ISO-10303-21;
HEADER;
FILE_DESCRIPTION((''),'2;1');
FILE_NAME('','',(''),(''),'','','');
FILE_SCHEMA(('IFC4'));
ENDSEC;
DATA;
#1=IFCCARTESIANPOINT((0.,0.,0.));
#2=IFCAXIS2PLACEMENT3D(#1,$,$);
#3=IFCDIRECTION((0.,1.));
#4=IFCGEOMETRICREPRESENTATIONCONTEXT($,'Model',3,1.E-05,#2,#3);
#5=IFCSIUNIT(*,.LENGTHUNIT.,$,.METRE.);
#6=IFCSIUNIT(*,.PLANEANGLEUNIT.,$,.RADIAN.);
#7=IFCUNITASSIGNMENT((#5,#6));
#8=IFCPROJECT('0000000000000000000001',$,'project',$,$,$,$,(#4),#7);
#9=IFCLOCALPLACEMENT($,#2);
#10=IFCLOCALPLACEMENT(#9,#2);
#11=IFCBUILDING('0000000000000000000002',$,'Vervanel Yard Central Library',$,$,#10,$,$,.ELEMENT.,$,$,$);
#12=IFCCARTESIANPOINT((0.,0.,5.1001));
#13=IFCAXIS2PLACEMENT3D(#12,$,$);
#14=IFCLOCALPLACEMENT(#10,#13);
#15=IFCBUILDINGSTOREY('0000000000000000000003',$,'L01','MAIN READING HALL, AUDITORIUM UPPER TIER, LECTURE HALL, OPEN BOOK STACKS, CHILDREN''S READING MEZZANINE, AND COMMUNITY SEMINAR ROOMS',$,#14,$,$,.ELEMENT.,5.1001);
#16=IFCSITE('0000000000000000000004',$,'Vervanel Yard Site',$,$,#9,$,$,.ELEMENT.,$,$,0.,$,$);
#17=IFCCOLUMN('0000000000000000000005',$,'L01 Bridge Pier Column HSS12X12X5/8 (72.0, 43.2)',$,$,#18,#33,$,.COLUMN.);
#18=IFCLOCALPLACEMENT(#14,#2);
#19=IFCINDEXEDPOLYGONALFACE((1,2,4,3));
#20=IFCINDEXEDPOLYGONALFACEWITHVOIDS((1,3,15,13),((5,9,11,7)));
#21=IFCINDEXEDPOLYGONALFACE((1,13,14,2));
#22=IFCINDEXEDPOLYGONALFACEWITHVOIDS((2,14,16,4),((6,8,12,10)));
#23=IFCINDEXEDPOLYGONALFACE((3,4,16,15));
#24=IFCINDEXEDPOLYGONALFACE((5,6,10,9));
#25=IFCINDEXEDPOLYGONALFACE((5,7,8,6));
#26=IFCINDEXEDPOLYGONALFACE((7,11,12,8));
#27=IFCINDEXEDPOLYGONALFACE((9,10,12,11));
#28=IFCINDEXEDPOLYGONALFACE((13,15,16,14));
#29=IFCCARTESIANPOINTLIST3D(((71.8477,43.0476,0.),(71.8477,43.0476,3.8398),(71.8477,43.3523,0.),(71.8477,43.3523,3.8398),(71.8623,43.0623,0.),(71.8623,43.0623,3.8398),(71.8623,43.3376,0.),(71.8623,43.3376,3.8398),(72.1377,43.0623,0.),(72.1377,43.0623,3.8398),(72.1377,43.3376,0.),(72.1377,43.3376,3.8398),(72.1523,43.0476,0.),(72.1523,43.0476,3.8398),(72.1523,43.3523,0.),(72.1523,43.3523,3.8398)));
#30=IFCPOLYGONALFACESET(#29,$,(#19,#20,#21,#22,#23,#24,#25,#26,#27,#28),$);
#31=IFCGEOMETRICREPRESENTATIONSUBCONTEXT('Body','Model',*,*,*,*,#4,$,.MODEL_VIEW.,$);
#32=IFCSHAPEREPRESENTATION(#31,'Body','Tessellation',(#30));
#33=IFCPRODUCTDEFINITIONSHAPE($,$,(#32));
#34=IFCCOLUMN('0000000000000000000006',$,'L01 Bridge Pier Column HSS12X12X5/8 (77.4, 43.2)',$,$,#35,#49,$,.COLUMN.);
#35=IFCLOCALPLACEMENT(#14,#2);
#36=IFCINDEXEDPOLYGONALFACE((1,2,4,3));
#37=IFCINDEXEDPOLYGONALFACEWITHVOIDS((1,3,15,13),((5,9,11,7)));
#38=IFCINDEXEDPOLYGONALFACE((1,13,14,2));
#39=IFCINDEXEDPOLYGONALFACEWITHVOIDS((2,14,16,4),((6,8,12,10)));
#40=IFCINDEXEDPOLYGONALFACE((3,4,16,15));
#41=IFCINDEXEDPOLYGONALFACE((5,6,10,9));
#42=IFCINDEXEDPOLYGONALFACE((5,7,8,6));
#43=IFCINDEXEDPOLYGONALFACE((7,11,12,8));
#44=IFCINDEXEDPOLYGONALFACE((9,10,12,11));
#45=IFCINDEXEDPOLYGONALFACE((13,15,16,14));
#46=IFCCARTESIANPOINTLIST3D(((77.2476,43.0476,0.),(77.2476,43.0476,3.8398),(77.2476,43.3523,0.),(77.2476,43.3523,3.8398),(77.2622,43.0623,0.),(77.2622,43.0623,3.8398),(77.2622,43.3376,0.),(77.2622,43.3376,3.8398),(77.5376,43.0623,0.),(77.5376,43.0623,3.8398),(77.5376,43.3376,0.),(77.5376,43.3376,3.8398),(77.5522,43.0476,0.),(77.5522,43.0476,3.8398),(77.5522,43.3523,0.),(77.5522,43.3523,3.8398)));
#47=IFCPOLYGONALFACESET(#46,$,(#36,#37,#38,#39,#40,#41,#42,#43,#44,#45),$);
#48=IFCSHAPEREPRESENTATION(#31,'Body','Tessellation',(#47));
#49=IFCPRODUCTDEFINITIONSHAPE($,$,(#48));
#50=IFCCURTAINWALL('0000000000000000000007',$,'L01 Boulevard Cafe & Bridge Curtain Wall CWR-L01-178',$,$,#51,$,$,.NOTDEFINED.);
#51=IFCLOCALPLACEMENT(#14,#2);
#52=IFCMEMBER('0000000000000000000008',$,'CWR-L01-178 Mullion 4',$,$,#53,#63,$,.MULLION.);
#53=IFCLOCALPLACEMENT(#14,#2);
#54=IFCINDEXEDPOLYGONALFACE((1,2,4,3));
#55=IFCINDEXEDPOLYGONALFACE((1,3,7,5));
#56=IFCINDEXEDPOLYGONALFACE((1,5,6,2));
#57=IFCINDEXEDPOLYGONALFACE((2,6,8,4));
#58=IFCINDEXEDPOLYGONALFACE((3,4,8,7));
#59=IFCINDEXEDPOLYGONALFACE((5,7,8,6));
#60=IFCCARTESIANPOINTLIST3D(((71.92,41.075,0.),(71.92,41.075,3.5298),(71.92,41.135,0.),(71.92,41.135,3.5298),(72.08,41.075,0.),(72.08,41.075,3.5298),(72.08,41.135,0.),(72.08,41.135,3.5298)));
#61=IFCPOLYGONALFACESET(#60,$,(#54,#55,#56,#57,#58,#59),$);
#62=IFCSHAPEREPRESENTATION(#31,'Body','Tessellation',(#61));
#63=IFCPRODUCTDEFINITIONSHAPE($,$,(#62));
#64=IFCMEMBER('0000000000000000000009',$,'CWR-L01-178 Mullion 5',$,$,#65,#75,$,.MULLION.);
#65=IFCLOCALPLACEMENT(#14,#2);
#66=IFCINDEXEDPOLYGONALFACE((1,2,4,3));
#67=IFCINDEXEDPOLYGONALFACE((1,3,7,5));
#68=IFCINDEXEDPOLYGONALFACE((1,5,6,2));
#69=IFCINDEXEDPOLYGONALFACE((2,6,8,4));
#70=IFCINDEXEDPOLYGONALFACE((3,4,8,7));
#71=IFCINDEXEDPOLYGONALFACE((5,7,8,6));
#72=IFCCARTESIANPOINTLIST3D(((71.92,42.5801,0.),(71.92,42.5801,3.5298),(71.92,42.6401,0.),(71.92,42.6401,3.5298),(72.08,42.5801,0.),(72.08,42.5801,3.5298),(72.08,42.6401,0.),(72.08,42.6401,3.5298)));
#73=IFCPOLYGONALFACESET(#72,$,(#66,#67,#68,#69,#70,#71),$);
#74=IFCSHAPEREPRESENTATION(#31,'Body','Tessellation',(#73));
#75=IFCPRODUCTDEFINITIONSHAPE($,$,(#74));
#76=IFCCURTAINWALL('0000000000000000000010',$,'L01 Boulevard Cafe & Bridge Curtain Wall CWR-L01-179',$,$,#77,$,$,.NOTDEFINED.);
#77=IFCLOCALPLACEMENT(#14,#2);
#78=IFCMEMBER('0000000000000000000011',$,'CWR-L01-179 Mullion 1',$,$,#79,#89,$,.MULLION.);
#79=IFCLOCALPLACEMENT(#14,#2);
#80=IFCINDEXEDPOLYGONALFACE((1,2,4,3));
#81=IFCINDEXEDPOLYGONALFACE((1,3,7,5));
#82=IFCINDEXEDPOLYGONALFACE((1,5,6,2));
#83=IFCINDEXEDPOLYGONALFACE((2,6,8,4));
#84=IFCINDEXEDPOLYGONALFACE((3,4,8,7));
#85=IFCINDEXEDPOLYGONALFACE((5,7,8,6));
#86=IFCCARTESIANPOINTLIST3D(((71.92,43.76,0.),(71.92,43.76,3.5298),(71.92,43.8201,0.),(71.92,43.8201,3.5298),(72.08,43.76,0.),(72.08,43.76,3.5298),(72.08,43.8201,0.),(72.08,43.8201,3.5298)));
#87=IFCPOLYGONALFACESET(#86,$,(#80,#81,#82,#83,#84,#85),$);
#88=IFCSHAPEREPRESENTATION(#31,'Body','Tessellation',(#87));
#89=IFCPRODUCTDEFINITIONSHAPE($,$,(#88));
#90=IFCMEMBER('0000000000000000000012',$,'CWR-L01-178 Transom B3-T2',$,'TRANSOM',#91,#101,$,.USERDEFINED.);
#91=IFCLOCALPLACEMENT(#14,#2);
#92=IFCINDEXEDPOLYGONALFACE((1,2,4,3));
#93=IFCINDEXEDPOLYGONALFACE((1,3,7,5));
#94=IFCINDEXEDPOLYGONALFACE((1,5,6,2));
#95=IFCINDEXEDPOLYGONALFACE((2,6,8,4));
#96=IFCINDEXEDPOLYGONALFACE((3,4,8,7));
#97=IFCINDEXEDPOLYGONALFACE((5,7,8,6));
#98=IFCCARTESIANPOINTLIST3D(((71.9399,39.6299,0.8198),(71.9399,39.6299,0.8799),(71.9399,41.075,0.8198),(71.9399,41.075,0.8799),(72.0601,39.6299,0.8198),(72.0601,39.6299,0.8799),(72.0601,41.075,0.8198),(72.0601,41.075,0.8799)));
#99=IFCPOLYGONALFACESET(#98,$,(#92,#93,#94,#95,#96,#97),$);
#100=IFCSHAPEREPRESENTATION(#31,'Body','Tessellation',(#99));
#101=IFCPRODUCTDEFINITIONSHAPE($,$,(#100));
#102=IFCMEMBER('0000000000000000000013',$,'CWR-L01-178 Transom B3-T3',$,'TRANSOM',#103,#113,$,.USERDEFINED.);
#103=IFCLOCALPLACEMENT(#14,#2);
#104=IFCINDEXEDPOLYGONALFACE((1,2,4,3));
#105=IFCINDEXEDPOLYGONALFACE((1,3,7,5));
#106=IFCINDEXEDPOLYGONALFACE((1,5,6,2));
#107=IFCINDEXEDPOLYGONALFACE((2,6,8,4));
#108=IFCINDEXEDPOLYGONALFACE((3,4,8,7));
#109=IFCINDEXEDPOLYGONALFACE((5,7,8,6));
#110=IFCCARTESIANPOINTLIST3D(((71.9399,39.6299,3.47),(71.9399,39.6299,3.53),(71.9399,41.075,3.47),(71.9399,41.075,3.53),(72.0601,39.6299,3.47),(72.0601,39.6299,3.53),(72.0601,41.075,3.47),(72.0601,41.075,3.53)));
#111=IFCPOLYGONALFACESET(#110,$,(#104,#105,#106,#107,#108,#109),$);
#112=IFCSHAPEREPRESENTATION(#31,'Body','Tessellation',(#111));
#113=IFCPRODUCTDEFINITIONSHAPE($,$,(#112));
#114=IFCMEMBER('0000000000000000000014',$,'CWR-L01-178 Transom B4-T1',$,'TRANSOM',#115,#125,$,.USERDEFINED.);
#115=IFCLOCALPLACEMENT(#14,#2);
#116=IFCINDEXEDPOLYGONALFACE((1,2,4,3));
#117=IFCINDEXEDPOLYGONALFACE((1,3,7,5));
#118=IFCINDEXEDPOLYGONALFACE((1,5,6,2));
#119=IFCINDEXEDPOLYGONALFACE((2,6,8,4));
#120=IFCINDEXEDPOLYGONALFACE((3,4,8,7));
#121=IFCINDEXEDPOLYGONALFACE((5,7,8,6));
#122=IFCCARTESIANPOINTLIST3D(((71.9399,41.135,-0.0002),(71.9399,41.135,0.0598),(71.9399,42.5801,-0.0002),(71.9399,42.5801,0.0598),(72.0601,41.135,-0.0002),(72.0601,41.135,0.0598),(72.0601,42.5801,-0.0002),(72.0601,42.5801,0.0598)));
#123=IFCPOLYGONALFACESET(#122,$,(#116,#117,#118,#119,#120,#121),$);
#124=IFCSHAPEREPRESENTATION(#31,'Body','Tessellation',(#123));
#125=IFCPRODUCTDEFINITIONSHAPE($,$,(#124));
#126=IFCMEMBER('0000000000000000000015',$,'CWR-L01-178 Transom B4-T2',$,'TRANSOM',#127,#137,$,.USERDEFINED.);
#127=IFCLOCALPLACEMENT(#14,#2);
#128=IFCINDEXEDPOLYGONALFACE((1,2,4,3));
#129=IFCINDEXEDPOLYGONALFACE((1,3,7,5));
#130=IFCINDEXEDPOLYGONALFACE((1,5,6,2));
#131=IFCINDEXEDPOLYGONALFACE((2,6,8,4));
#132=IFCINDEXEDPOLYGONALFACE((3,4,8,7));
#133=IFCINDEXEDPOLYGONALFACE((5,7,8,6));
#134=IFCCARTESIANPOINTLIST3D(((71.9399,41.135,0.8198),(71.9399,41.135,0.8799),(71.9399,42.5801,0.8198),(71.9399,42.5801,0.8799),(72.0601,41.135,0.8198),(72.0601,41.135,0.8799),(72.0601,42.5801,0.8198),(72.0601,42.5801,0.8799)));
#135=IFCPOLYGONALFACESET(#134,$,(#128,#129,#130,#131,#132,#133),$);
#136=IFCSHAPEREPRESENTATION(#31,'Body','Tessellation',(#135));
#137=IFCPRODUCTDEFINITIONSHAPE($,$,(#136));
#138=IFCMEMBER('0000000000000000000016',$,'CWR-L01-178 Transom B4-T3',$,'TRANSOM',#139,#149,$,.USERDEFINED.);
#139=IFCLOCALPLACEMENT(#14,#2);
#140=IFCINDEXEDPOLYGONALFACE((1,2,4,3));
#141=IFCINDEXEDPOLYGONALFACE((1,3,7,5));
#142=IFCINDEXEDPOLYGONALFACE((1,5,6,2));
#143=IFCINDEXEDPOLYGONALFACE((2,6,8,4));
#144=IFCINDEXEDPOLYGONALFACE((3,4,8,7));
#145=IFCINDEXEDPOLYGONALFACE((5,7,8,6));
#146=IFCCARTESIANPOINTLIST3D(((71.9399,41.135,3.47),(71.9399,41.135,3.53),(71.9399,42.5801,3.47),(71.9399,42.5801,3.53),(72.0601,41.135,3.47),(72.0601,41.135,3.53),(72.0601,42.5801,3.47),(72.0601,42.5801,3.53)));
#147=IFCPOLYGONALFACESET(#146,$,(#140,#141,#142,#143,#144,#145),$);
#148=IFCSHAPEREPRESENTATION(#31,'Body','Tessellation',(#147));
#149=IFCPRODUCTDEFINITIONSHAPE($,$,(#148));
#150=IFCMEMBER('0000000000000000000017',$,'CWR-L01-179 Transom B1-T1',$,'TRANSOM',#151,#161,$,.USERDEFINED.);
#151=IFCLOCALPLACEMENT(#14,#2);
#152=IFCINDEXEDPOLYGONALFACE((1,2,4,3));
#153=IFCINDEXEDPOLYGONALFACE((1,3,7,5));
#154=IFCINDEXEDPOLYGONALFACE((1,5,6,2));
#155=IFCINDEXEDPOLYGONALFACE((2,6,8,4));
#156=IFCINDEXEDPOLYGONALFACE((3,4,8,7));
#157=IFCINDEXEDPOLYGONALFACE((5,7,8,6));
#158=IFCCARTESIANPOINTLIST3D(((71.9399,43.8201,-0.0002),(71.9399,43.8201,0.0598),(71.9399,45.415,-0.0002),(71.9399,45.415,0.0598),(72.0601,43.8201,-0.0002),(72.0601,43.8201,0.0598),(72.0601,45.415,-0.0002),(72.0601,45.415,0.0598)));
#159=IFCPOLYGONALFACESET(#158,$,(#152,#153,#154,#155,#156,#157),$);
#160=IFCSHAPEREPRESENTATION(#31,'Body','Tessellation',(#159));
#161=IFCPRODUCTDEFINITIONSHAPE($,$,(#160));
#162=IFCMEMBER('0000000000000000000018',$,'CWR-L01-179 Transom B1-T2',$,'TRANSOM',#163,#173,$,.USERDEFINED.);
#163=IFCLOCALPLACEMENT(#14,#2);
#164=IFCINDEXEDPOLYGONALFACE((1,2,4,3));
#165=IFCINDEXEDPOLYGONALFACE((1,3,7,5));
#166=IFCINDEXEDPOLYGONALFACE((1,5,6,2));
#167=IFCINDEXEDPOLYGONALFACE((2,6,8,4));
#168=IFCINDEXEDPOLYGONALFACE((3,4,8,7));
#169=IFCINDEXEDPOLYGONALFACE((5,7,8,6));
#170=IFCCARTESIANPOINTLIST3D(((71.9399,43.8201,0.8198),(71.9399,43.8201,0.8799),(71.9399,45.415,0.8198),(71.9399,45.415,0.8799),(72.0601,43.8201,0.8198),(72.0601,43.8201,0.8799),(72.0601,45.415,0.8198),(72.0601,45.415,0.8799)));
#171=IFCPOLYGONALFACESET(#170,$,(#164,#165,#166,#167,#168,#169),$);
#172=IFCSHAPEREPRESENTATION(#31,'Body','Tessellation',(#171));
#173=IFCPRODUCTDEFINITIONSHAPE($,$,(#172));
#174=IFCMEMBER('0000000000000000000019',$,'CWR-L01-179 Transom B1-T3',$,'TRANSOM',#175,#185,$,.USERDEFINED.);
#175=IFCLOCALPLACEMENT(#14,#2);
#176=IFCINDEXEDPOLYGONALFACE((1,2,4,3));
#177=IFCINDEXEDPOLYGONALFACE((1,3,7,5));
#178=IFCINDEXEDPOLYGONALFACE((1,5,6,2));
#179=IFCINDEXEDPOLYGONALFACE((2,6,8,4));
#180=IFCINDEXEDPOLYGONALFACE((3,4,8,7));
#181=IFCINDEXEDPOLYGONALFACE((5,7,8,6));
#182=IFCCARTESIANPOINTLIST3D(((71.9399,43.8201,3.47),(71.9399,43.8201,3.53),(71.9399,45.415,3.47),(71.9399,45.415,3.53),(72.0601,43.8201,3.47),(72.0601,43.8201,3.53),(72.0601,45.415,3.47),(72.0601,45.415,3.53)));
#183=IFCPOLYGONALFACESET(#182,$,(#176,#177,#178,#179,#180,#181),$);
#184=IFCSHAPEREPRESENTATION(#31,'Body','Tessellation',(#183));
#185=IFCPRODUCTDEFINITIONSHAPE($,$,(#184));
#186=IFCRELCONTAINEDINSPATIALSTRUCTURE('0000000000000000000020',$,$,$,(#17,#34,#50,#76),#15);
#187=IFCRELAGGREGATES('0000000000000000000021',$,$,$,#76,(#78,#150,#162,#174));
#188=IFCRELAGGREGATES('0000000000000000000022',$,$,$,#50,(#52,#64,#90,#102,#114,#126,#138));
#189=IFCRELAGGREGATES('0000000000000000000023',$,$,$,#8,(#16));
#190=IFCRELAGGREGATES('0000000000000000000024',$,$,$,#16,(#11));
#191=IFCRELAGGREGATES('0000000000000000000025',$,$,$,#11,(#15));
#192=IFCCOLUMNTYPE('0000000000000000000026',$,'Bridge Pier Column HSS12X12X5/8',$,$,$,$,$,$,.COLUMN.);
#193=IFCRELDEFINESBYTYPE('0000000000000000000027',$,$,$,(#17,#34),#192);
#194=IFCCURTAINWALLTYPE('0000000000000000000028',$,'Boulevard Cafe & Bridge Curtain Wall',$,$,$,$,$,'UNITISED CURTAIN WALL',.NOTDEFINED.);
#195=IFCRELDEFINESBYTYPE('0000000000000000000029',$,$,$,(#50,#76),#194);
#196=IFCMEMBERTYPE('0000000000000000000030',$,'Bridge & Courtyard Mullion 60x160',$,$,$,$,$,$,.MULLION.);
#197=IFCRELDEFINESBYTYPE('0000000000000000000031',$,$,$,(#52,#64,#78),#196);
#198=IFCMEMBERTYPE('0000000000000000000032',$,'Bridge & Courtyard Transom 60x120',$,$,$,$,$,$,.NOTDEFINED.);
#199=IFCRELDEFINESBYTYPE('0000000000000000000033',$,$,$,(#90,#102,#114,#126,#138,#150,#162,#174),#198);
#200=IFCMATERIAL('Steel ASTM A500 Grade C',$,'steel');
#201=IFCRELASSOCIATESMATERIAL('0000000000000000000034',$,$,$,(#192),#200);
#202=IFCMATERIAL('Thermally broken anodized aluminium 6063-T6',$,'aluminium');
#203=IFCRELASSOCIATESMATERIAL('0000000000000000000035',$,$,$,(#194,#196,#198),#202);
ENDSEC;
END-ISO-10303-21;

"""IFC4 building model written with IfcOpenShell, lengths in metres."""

from ifc_helpers import new_model, si_unit, direction, frame, origin, origin_2d, place, context, subcontext, project, spatial, rectangle, hollow_rectangle, extrude, material, material_profile, profile_set, type_object, element, aggregate, save


model = new_model("IFC4")

# Units and contexts
model_context = context("Model", 3, precision=1e-05, world=origin(), true_north=direction((0.0, 1.0)))
body_context = subcontext(model_context, "Body", "Model", "MODEL_VIEW")
ifc_project = project(units=[si_unit("LENGTHUNIT", "METRE"), si_unit("PLANEANGLEUNIT", "RADIAN")], contexts=[model_context])

# Site, building, storey
site_placement = place(None, origin())
site = spatial("IfcSite", under=ifc_project, at=site_placement, Name="Vervanel Yard Site", CompositionType="ELEMENT", RefElevation=0.0)
building_placement = place(site_placement, origin())
building = spatial("IfcBuilding", under=site, at=building_placement, Name="Vervanel Yard Central Library", CompositionType="ELEMENT")
storey_placement = place(building_placement, frame((0.0, 0.0, 5.1001)))
storey = spatial("IfcBuildingStorey", under=building, at=storey_placement, Name="L01", Description="MAIN READING HALL, AUDITORIUM UPPER TIER, LECTURE HALL, OPEN BOOK STACKS, CHILDREN'S READING MEZZANINE, AND COMMUNITY SEMINAR ROOMS", CompositionType="ELEMENT", Elevation=5.1001)

# Columns
ifc_material_1 = material(Name="Steel ASTM A500 Grade C", Category="steel")
ifc_material_profile_1 = material_profile(ifc_material_1, hollow_rectangle(XDim=0.3047, YDim=0.3047, WallThickness=0.0146, at=origin_2d()), Name="HSS12X12X5/8", Category="steel")
ifc_profile_set_1 = profile_set([ifc_material_profile_1], Name="Steel ASTM A500 Grade C")
column_type = type_object("IfcColumnType", Name="Bridge Pier Column HSS12X12X5/8", PredefinedType="COLUMN", material=ifc_profile_set_1)
for number, where, z_axis, x_axis, name in (
    (1, (72.0, 43.2, 0.0), (0.0, 0.0, 1.0), (1.0, 0.0, 0.0), "L01 Bridge Pier Column HSS12X12X5/8 (72.0, 43.2)"),
    (2, (77.3999, 43.2, 0.0), (0.0, 0.0, 1.0), (1.0, 0.0, 0.0), "L01 Bridge Pier Column HSS12X12X5/8 (77.4, 43.2)"),
):
    element("IfcColumn", number, at=place(storey_placement, frame(where, z_axis=z_axis, x_axis=x_axis)), inside=storey, type_object=column_type, Name=name, PredefinedType="COLUMN", context=body_context, shape_type="SweptSolid", body=[
        extrude(hollow_rectangle(XDim=0.3047, YDim=0.3047, WallThickness=0.0146, at=origin_2d()), origin(), (0.0, 0.0, 1.0), 3.8398),
    ])

# Curtain wall, members
ifc_material_2 = material(Name="Thermally broken anodized aluminium 6063-T6", Category="aluminium")
curtain_wall_type = type_object("IfcCurtainWallType", Name="Boulevard Cafe & Bridge Curtain Wall", ElementType="UNITISED CURTAIN WALL", PredefinedType="NOTDEFINED", material=ifc_material_2)
curtain_wall_1_placement = place(storey_placement, origin())
curtain_wall_1 = element("IfcCurtainWall", 3, at=curtain_wall_1_placement, inside=storey, type_object=curtain_wall_type, Name="L01 Boulevard Cafe & Bridge Curtain Wall CWR-L01-178", PredefinedType="NOTDEFINED")
ifc_material_profile_2 = material_profile(ifc_material_2, rectangle(XDim=0.0601, YDim=0.1599, at=origin_2d()), Name="ALU 60x160", Category="aluminium")
ifc_profile_set_2 = profile_set([ifc_material_profile_2], Name="Thermally broken anodized aluminium 6063-T6")
member_type_1 = type_object("IfcMemberType", Name="Bridge & Courtyard Mullion 60x160", PredefinedType="MULLION", material=ifc_profile_set_2)
member_1_placement = place(storey_placement, frame((72.0, 41.105, 0.0), z_axis=(0.0, 0.0, 1.0), x_axis=(0.0, 1.0, 0.0)))
member_1 = element("IfcMember", 4, at=member_1_placement, type_object=member_type_1, Name="CWR-L01-178 Mullion 4", PredefinedType="MULLION", context=body_context, shape_type="SweptSolid", body=[
    extrude(rectangle(XDim=0.0601, YDim=0.1599, at=origin_2d()), origin(), (0.0, 0.0, 1.0), 3.5298),
])
member_2_placement = place(storey_placement, frame((72.0, 42.6101, 0.0), z_axis=(0.0, 0.0, 1.0), x_axis=(0.0, 1.0, 0.0)))
member_2 = element("IfcMember", 5, at=member_2_placement, type_object=member_type_1, Name="CWR-L01-178 Mullion 5", PredefinedType="MULLION", context=body_context, shape_type="SweptSolid", body=[
    extrude(rectangle(XDim=0.0601, YDim=0.1599, at=origin_2d()), origin(), (0.0, 0.0, 1.0), 3.5298),
])

# Curtain wall, member
curtain_wall_2_placement = place(storey_placement, origin())
curtain_wall_2 = element("IfcCurtainWall", 6, at=curtain_wall_2_placement, inside=storey, type_object=curtain_wall_type, Name="L01 Boulevard Cafe & Bridge Curtain Wall CWR-L01-179", PredefinedType="NOTDEFINED")
member_3_placement = place(storey_placement, frame((72.0, 43.79, 0.0), z_axis=(0.0, 0.0, 1.0), x_axis=(0.0, 1.0, 0.0)))
member_3 = element("IfcMember", 7, at=member_3_placement, type_object=member_type_1, Name="CWR-L01-179 Mullion 1", PredefinedType="MULLION", context=body_context, shape_type="SweptSolid", body=[
    extrude(rectangle(XDim=0.0601, YDim=0.1599, at=origin_2d()), origin(), (0.0, 0.0, 1.0), 3.5298),
])

# Members
ifc_material_profile_3 = material_profile(ifc_material_2, rectangle(XDim=0.0601, YDim=0.1201, at=origin_2d()), Name="ALU 60x120", Category="aluminium")
ifc_profile_set_3 = profile_set([ifc_material_profile_3], Name="Thermally broken anodized aluminium 6063-T6")
member_type_2 = type_object("IfcMemberType", Name="Bridge & Courtyard Transom 60x120", PredefinedType="NOTDEFINED", material=ifc_profile_set_3)
member_4_placement = place(storey_placement, frame((72.0, 39.6299, 0.8499), z_axis=(0.0, 1.0, 0.0), x_axis=(0.0, 0.0, 1.0)))
member_4 = element("IfcMember", 8, at=member_4_placement, type_object=member_type_2, Name="CWR-L01-178 Transom B3-T2", ObjectType="TRANSOM", PredefinedType="USERDEFINED", context=body_context, shape_type="SweptSolid", body=[
    extrude(rectangle(XDim=0.0601, YDim=0.1201, at=origin_2d()), origin(), (0.0, 0.0, 1.0), 1.4451),
])
member_5_placement = place(storey_placement, frame((72.0, 39.6299, 3.5), z_axis=(0.0, 1.0, 0.0), x_axis=(0.0, 0.0, 1.0)))
member_5 = element("IfcMember", 9, at=member_5_placement, type_object=member_type_2, Name="CWR-L01-178 Transom B3-T3", ObjectType="TRANSOM", PredefinedType="USERDEFINED", context=body_context, shape_type="SweptSolid", body=[
    extrude(rectangle(XDim=0.0601, YDim=0.1201, at=origin_2d()), origin(), (0.0, 0.0, 1.0), 1.4451),
])
member_6_placement = place(storey_placement, frame((72.0, 41.135, 0.0298), z_axis=(0.0, 1.0, 0.0), x_axis=(0.0, 0.0, 1.0)))
member_6 = element("IfcMember", 10, at=member_6_placement, type_object=member_type_2, Name="CWR-L01-178 Transom B4-T1", ObjectType="TRANSOM", PredefinedType="USERDEFINED", context=body_context, shape_type="SweptSolid", body=[
    extrude(rectangle(XDim=0.0601, YDim=0.1201, at=origin_2d()), origin(), (0.0, 0.0, 1.0), 1.4451),
])
member_7_placement = place(storey_placement, frame((72.0, 41.135, 0.8499), z_axis=(0.0, 1.0, 0.0), x_axis=(0.0, 0.0, 1.0)))
member_7 = element("IfcMember", 11, at=member_7_placement, type_object=member_type_2, Name="CWR-L01-178 Transom B4-T2", ObjectType="TRANSOM", PredefinedType="USERDEFINED", context=body_context, shape_type="SweptSolid", body=[
    extrude(rectangle(XDim=0.0601, YDim=0.1201, at=origin_2d()), origin(), (0.0, 0.0, 1.0), 1.4451),
])
member_8_placement = place(storey_placement, frame((72.0, 41.135, 3.5), z_axis=(0.0, 1.0, 0.0), x_axis=(0.0, 0.0, 1.0)))
member_8 = element("IfcMember", 12, at=member_8_placement, type_object=member_type_2, Name="CWR-L01-178 Transom B4-T3", ObjectType="TRANSOM", PredefinedType="USERDEFINED", context=body_context, shape_type="SweptSolid", body=[
    extrude(rectangle(XDim=0.0601, YDim=0.1201, at=origin_2d()), origin(), (0.0, 0.0, 1.0), 1.4451),
])
member_9_placement = place(storey_placement, frame((72.0, 43.8201, 0.0298), z_axis=(0.0, 1.0, 0.0), x_axis=(0.0, 0.0, 1.0)))
member_9 = element("IfcMember", 13, at=member_9_placement, type_object=member_type_2, Name="CWR-L01-179 Transom B1-T1", ObjectType="TRANSOM", PredefinedType="USERDEFINED", context=body_context, shape_type="SweptSolid", body=[
    extrude(rectangle(XDim=0.0601, YDim=0.1201, at=origin_2d()), origin(), (0.0, 0.0, 1.0), 1.595),
])
member_10_placement = place(storey_placement, frame((72.0, 43.8201, 0.8499), z_axis=(0.0, 1.0, 0.0), x_axis=(0.0, 0.0, 1.0)))
member_10 = element("IfcMember", 14, at=member_10_placement, type_object=member_type_2, Name="CWR-L01-179 Transom B1-T2", ObjectType="TRANSOM", PredefinedType="USERDEFINED", context=body_context, shape_type="SweptSolid", body=[
    extrude(rectangle(XDim=0.0601, YDim=0.1201, at=origin_2d()), origin(), (0.0, 0.0, 1.0), 1.595),
])
member_11_placement = place(storey_placement, frame((72.0, 43.8201, 3.5), z_axis=(0.0, 1.0, 0.0), x_axis=(0.0, 0.0, 1.0)))
member_11 = element("IfcMember", 15, at=member_11_placement, type_object=member_type_2, Name="CWR-L01-179 Transom B1-T3", ObjectType="TRANSOM", PredefinedType="USERDEFINED", context=body_context, shape_type="SweptSolid", body=[
    extrude(rectangle(XDim=0.0601, YDim=0.1201, at=origin_2d()), origin(), (0.0, 0.0, 1.0), 1.595),
])
aggregate(curtain_wall_2, [member_3, member_9, member_10, member_11])

aggregate(curtain_wall_1, [member_1, member_2, member_4, member_5, member_6, member_7, member_8])

save(model, "model.ifc")
